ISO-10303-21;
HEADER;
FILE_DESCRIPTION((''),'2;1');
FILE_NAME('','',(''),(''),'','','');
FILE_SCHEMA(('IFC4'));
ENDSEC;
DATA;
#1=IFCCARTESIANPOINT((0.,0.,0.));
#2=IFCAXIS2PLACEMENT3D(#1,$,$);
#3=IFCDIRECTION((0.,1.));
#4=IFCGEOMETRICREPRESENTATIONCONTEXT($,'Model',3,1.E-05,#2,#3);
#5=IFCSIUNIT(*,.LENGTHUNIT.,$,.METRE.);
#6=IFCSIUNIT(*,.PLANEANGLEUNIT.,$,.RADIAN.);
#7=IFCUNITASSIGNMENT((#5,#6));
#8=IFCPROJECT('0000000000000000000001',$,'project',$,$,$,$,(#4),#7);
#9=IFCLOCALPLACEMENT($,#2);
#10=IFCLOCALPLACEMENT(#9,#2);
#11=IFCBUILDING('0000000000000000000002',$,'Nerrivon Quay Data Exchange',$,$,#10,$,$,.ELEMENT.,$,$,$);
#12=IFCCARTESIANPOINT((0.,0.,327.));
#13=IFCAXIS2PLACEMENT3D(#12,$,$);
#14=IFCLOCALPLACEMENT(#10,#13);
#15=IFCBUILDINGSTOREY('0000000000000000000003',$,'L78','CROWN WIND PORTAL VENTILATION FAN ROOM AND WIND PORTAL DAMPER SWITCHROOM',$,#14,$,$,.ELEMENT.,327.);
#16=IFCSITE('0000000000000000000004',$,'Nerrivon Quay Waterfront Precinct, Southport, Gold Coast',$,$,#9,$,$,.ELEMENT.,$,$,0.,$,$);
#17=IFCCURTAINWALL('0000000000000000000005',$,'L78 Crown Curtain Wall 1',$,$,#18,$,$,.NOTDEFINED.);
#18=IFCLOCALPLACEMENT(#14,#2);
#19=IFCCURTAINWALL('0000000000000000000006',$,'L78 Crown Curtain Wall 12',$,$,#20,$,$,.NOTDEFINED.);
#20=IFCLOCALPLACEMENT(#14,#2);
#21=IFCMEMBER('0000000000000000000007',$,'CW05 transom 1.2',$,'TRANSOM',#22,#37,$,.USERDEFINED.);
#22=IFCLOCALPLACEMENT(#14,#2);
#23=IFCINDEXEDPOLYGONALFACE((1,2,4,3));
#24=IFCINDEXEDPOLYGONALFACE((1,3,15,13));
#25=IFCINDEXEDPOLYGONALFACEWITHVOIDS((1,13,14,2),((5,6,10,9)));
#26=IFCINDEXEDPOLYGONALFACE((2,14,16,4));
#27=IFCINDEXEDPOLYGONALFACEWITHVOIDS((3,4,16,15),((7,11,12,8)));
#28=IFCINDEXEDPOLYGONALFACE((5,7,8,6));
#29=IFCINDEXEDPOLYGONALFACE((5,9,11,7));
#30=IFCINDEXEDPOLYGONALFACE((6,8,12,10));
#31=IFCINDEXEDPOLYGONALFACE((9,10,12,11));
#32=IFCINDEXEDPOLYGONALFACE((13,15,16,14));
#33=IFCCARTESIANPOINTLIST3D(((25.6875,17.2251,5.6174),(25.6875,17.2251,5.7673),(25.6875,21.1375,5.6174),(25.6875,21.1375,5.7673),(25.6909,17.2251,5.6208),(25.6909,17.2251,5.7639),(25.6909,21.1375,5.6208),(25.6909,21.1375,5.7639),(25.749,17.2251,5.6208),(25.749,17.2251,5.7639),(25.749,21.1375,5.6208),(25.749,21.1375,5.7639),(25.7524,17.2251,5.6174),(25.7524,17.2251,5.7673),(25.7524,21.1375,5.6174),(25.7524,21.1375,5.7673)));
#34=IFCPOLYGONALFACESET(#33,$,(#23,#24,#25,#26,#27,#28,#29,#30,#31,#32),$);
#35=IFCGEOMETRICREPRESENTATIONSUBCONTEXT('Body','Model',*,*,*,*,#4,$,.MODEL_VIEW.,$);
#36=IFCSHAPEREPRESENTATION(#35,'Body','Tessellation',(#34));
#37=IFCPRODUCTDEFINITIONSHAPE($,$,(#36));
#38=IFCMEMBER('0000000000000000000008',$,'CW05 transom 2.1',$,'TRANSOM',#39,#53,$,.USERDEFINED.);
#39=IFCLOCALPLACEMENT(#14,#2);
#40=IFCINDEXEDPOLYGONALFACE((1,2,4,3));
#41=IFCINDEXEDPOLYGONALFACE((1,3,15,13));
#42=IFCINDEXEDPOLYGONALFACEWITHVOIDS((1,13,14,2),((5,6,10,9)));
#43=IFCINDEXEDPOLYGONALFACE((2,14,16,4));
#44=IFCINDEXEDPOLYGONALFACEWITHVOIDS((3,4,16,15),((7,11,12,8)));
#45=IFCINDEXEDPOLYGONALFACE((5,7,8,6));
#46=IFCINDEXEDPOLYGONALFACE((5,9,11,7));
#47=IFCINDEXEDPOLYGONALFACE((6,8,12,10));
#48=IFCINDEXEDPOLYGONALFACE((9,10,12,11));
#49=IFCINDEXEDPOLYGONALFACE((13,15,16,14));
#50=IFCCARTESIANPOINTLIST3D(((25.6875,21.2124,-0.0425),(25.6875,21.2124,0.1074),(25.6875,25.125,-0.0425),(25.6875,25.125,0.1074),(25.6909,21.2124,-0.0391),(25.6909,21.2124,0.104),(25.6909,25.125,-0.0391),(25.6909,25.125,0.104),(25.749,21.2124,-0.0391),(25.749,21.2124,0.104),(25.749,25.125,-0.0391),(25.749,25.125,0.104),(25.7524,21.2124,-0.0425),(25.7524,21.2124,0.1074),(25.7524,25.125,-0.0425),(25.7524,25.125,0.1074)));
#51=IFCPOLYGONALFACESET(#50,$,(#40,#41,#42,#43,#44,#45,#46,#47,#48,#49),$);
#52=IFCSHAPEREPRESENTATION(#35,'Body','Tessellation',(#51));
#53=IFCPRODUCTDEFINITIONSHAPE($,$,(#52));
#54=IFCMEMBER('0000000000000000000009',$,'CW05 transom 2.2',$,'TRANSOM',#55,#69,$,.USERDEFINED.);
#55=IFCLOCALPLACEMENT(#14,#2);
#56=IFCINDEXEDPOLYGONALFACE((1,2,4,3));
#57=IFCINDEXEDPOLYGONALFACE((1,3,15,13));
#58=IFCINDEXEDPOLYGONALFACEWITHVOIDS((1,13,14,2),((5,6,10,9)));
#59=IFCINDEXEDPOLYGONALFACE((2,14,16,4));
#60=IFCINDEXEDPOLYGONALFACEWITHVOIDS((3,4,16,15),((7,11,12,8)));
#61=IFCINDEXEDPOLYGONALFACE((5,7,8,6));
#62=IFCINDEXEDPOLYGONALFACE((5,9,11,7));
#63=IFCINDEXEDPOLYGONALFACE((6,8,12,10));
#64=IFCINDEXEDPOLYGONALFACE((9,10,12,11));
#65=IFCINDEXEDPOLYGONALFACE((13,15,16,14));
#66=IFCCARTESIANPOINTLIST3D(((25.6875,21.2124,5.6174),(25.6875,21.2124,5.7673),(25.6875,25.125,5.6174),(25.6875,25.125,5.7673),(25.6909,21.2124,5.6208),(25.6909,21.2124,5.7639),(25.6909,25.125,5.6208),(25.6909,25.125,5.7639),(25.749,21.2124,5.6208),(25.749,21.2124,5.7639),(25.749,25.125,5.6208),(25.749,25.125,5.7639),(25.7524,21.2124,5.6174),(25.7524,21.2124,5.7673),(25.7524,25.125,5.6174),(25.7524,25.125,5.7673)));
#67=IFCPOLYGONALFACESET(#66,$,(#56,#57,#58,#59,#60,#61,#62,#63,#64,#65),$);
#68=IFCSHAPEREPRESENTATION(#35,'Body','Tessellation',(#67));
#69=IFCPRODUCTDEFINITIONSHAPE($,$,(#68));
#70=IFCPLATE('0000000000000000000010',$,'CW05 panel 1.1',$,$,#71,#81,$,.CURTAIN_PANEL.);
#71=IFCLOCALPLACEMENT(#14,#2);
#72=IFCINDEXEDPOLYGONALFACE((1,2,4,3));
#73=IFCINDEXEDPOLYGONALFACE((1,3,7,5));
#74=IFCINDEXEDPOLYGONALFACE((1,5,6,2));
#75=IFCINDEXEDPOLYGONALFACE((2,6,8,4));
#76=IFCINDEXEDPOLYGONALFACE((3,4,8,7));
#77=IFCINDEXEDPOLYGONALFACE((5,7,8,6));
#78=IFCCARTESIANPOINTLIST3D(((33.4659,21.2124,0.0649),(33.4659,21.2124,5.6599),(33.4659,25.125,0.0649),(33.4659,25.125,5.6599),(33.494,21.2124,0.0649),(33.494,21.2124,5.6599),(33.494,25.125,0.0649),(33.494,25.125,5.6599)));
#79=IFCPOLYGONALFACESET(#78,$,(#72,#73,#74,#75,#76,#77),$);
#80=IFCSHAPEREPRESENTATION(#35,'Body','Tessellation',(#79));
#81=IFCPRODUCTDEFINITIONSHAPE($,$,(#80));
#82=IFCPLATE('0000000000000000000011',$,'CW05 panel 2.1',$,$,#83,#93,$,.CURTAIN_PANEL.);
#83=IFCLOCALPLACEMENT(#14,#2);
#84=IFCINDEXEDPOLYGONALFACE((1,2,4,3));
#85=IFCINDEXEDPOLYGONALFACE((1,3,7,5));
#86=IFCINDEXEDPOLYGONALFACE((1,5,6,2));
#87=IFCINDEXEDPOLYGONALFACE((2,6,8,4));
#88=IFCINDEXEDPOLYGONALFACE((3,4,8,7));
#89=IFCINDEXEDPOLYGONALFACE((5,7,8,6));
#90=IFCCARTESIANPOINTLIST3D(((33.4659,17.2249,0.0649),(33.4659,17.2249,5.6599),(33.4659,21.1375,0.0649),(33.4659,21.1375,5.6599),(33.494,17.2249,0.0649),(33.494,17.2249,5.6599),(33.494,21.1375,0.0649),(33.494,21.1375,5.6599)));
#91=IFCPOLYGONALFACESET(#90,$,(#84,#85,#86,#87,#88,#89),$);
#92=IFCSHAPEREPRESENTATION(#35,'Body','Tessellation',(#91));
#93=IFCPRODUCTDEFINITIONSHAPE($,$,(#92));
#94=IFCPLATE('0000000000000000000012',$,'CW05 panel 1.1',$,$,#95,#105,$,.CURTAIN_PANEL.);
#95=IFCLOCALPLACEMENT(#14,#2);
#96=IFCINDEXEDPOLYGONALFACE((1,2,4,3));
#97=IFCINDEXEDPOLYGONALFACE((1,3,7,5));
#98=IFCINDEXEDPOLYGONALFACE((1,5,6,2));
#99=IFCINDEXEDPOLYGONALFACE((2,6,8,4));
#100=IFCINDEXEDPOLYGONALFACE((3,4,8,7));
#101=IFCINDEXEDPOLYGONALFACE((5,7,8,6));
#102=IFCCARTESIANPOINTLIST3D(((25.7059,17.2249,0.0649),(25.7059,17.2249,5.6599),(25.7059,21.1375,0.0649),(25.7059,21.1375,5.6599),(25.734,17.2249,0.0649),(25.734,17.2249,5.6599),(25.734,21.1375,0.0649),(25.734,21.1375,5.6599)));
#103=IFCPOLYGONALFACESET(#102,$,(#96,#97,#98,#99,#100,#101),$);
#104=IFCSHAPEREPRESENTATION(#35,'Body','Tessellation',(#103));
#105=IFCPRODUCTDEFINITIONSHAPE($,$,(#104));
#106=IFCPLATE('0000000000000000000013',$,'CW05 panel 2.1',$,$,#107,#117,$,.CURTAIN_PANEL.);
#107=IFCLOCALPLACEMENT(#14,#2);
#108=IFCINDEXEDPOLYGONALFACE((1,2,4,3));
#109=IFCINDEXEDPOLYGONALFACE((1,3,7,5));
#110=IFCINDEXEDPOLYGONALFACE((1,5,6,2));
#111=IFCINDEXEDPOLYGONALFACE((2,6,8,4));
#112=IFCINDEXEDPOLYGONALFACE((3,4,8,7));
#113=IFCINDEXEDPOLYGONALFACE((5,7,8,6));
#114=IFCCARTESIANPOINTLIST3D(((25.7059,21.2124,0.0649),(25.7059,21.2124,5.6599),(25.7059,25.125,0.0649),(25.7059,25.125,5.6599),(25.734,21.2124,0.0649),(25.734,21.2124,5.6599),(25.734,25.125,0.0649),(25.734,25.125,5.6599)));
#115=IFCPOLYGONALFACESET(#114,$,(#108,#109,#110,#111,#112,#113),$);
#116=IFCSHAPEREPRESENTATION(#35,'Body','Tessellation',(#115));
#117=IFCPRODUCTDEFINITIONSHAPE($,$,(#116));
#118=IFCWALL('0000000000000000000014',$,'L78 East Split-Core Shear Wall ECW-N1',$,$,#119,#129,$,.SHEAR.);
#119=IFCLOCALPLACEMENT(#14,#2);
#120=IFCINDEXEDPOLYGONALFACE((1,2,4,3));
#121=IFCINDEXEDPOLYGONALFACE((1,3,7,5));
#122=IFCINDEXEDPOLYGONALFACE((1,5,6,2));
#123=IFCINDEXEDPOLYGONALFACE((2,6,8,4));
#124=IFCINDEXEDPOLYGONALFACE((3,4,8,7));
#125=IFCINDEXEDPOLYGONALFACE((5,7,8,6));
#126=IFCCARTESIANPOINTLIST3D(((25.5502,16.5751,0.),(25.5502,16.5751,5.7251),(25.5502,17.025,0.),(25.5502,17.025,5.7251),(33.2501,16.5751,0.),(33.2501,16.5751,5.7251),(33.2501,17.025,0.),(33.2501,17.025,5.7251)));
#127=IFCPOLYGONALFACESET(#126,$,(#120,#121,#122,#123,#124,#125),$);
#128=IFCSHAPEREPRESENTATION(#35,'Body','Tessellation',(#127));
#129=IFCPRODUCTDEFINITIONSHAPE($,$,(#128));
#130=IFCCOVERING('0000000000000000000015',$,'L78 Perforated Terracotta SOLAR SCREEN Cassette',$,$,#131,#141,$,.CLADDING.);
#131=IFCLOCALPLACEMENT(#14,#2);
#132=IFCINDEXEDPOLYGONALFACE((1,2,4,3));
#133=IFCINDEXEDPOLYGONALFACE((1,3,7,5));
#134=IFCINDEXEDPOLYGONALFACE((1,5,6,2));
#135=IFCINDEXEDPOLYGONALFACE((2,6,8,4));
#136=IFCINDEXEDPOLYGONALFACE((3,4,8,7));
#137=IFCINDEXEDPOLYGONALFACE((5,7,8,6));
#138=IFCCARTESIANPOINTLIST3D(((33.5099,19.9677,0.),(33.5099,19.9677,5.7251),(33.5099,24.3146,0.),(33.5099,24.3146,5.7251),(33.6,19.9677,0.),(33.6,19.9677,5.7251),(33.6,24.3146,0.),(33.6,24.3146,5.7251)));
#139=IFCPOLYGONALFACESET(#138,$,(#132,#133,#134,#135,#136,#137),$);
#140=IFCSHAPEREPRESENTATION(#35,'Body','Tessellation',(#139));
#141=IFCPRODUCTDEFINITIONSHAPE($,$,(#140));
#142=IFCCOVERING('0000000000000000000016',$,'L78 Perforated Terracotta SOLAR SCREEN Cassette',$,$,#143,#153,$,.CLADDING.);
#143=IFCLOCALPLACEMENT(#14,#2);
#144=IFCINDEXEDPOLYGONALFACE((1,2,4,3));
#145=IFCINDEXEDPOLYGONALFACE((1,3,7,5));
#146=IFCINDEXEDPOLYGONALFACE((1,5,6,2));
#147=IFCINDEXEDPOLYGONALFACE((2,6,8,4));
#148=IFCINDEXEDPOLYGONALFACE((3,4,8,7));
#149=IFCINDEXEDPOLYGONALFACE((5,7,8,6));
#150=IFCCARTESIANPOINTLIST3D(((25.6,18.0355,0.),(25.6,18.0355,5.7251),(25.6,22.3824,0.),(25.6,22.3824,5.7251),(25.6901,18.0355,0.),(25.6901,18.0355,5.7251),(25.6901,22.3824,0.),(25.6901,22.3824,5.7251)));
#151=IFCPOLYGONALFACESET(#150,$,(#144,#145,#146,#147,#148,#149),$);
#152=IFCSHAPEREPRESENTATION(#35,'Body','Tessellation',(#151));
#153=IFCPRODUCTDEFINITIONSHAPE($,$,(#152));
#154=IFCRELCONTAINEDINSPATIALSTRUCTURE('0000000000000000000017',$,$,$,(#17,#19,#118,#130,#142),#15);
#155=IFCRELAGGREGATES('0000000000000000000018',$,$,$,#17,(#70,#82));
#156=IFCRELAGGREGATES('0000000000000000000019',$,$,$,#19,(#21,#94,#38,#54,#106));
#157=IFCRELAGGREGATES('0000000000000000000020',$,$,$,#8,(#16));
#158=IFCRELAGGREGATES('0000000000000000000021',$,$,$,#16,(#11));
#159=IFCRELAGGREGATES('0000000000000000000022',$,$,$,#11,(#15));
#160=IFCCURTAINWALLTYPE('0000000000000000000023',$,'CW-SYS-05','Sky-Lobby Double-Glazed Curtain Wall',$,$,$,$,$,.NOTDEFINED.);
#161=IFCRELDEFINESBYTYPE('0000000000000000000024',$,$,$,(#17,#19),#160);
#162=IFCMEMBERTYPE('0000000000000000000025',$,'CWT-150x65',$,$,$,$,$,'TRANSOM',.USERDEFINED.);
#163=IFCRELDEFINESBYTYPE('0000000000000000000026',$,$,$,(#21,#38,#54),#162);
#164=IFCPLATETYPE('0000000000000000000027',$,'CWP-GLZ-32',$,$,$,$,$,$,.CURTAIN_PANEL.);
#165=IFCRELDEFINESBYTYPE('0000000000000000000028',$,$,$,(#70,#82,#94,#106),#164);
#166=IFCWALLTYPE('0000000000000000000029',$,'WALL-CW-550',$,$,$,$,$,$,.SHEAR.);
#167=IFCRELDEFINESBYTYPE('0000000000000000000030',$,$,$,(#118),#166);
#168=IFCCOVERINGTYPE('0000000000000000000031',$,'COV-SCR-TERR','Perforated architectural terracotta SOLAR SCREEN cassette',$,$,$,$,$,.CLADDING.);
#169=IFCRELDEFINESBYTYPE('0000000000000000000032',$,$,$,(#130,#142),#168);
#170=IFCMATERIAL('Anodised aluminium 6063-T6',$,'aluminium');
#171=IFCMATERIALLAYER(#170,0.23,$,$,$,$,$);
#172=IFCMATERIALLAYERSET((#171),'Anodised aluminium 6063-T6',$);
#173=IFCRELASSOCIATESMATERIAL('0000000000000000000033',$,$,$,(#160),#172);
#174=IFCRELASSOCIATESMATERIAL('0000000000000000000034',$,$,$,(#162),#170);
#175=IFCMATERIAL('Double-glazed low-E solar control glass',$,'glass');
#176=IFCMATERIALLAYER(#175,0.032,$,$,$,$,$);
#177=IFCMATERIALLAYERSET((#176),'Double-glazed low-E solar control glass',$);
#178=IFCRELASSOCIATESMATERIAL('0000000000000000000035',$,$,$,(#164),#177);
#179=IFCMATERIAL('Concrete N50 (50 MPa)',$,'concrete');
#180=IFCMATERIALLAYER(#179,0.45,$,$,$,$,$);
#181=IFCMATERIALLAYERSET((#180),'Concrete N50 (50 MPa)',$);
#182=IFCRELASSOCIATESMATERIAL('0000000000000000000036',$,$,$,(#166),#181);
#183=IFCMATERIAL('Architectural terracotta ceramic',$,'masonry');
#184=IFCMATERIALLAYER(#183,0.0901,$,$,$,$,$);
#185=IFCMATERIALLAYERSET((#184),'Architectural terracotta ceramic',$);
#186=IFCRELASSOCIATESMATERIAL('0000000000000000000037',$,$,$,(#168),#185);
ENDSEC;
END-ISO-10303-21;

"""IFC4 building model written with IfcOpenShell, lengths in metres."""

from ifc_helpers import new_model, si_unit, direction, frame, frame_2d, origin, origin_2d, place, context, subcontext, project, spatial, rectangle, hollow_rectangle, extrude, material, layer, layer_set, material_profile, profile_set, type_object, element, aggregate, save


model = new_model("IFC4")

# Units and contexts
model_context = context("Model", 3, precision=1e-05, world=origin(), true_north=direction((0.0, 1.0)))
body_context = subcontext(model_context, "Body", "Model", "MODEL_VIEW")
ifc_project = project(units=[si_unit("LENGTHUNIT", "METRE"), si_unit("PLANEANGLEUNIT", "RADIAN")], contexts=[model_context])

# Site, building, storey
site_placement = place(None, origin())
site = spatial("IfcSite", under=ifc_project, at=site_placement, Name="Nerrivon Quay Waterfront Precinct, Southport, Gold Coast", CompositionType="ELEMENT", RefElevation=0.0)
building_placement = place(site_placement, origin())
building = spatial("IfcBuilding", under=site, at=building_placement, Name="Nerrivon Quay Data Exchange", CompositionType="ELEMENT")
storey_placement = place(building_placement, frame((0.0, 0.0, 327.0)))
storey = spatial("IfcBuildingStorey", under=building, at=storey_placement, Name="L78", Description="CROWN WIND PORTAL VENTILATION FAN ROOM AND WIND PORTAL DAMPER SWITCHROOM", CompositionType="ELEMENT", Elevation=327.0)

# Curtain walls
ifc_material_1 = material(Name="Anodised aluminium 6063-T6", Category="aluminium")
ifc_layer_1 = layer(ifc_material_1, 0.23)
ifc_layer_set_1 = layer_set([ifc_layer_1], Name="Anodised aluminium 6063-T6")
curtain_wall_type = type_object("IfcCurtainWallType", Name="CW-SYS-05", Description="Sky-Lobby Double-Glazed Curtain Wall", PredefinedType="NOTDEFINED", material=ifc_layer_set_1)
curtain_wall_1_placement = place(storey_placement, origin())
curtain_wall_1 = element("IfcCurtainWall", 1, at=curtain_wall_1_placement, inside=storey, type_object=curtain_wall_type, Name="L78 Crown Curtain Wall 1", PredefinedType="NOTDEFINED")
curtain_wall_2_placement = place(storey_placement, origin())
curtain_wall_2 = element("IfcCurtainWall", 2, at=curtain_wall_2_placement, inside=storey, type_object=curtain_wall_type, Name="L78 Crown Curtain Wall 12", PredefinedType="NOTDEFINED")

# Members
ifc_material_profile_1 = material_profile(ifc_material_1, hollow_rectangle(XDim=0.0649, YDim=0.1499, WallThickness=0.0034, at=origin_2d()), Name="ALU-TRAN-150x65")
ifc_profile_set_1 = profile_set([ifc_material_profile_1], Name="Anodised aluminium 6063-T6")
member_type_1 = type_object("IfcMemberType", Name="CWT-150x65", ElementType="TRANSOM", PredefinedType="USERDEFINED", material=ifc_profile_set_1)
member_1_placement = place(storey_placement, frame((25.72, 17.2251, 5.6924), z_axis=(0.0, 1.0, 0.0), x_axis=(-1.0, 0.0, 0.0)))
member_1 = element("IfcMember", 3, at=member_1_placement, type_object=member_type_1, Name="CW05 transom 1.2", ObjectType="TRANSOM", PredefinedType="USERDEFINED", context=body_context, shape_type="SweptSolid", body=[
    extrude(hollow_rectangle(XDim=0.0649, YDim=0.1499, WallThickness=0.0034, at=origin_2d()), origin(), (0.0, 0.0, 1.0), 3.9124),
])
member_2_placement = place(storey_placement, frame((25.72, 21.2124, 0.0325), z_axis=(0.0, 1.0, 0.0), x_axis=(-1.0, 0.0, 0.0)))
member_2 = element("IfcMember", 4, at=member_2_placement, type_object=member_type_1, Name="CW05 transom 2.1", ObjectType="TRANSOM", PredefinedType="USERDEFINED", context=body_context, shape_type="SweptSolid", body=[
    extrude(hollow_rectangle(XDim=0.0649, YDim=0.1499, WallThickness=0.0034, at=origin_2d()), origin(), (0.0, 0.0, 1.0), 3.9126),
])
member_3_placement = place(storey_placement, frame((25.72, 21.2124, 5.6924), z_axis=(0.0, 1.0, 0.0), x_axis=(-1.0, 0.0, 0.0)))
member_3 = element("IfcMember", 5, at=member_3_placement, type_object=member_type_1, Name="CW05 transom 2.2", ObjectType="TRANSOM", PredefinedType="USERDEFINED", context=body_context, shape_type="SweptSolid", body=[
    extrude(hollow_rectangle(XDim=0.0649, YDim=0.1499, WallThickness=0.0034, at=origin_2d()), origin(), (0.0, 0.0, 1.0), 3.9126),
])

# Plates
ifc_material_2 = material(Name="Double-glazed low-E solar control glass", Category="glass")
ifc_layer_2 = layer(ifc_material_2, 0.032)
ifc_layer_set_2 = layer_set([ifc_layer_2], Name="Double-glazed low-E solar control glass")
plate_type = type_object("IfcPlateType", Name="CWP-GLZ-32", PredefinedType="CURTAIN_PANEL", material=ifc_layer_set_2)
plate_1_placement = place(storey_placement, frame((33.48, 23.1687, 0.0649), z_axis=(0.0, 0.0, 1.0), x_axis=(0.0, -1.0, 0.0)))
plate_1 = element("IfcPlate", 6, at=plate_1_placement, type_object=plate_type, Name="CW05 panel 1.1", PredefinedType="CURTAIN_PANEL", context=body_context, shape_type="SweptSolid", body=[
    extrude(rectangle(XDim=3.9126, YDim=0.0281, at=origin_2d()), origin(), (0.0, 0.0, 1.0), 5.595),
])
plate_2_placement = place(storey_placement, frame((33.48, 19.1812, 0.0649), z_axis=(0.0, 0.0, 1.0), x_axis=(0.0, -1.0, 0.0)))
plate_2 = element("IfcPlate", 7, at=plate_2_placement, type_object=plate_type, Name="CW05 panel 2.1", PredefinedType="CURTAIN_PANEL", context=body_context, shape_type="SweptSolid", body=[
    extrude(rectangle(XDim=3.9126, YDim=0.0281, at=origin_2d()), origin(), (0.0, 0.0, 1.0), 5.595),
])
aggregate(curtain_wall_1, [plate_1, plate_2])
plate_3_placement = place(storey_placement, frame((25.72, 19.1812, 0.0649), z_axis=(0.0, 0.0, 1.0), x_axis=(0.0, 1.0, 0.0)))
plate_3 = element("IfcPlate", 8, at=plate_3_placement, type_object=plate_type, Name="CW05 panel 1.1", PredefinedType="CURTAIN_PANEL", context=body_context, shape_type="SweptSolid", body=[
    extrude(rectangle(XDim=3.9126, YDim=0.0281, at=origin_2d()), origin(), (0.0, 0.0, 1.0), 5.595),
])
plate_4_placement = place(storey_placement, frame((25.72, 23.1687, 0.0649), z_axis=(0.0, 0.0, 1.0), x_axis=(0.0, 1.0, 0.0)))
plate_4 = element("IfcPlate", 9, at=plate_4_placement, type_object=plate_type, Name="CW05 panel 2.1", PredefinedType="CURTAIN_PANEL", context=body_context, shape_type="SweptSolid", body=[
    extrude(rectangle(XDim=3.9126, YDim=0.0281, at=origin_2d()), origin(), (0.0, 0.0, 1.0), 5.595),
])
aggregate(curtain_wall_2, [member_1, plate_3, member_2, member_3, plate_4])

# Wall
ifc_material_3 = material(Name="Concrete N50 (50 MPa)", Category="concrete")
ifc_layer_3 = layer(ifc_material_3, 0.45)
ifc_layer_set_3 = layer_set([ifc_layer_3], Name="Concrete N50 (50 MPa)")
wall_type = type_object("IfcWallType", Name="WALL-CW-550", PredefinedType="SHEAR", material=ifc_layer_set_3)
wall_placement = place(storey_placement, frame((25.55, 16.8, 0.0), z_axis=(0.0, 0.0, 1.0), x_axis=(1.0, 0.0, 0.0)))
element("IfcWall", 10, at=wall_placement, inside=storey, type_object=wall_type, Name="L78 East Split-Core Shear Wall ECW-N1", PredefinedType="SHEAR", context=body_context, shape_type="SweptSolid", body=[
    extrude(rectangle(XDim=7.7, YDim=0.45, at=frame_2d((3.8501, 0.0))), origin(), (0.0, 0.0, 1.0), 5.7251),
])

# Coverings
ifc_material_4 = material(Name="Architectural terracotta ceramic", Category="masonry")
ifc_layer_4 = layer(ifc_material_4, 0.0901)
ifc_layer_set_4 = layer_set([ifc_layer_4], Name="Architectural terracotta ceramic")
covering_type = type_object("IfcCoveringType", Name="COV-SCR-TERR", Description="Perforated architectural terracotta SOLAR SCREEN cassette", PredefinedType="CLADDING", material=ifc_layer_set_4)
for number, where, z_axis, x_axis, name in (
    (11, (33.5549, 22.1411, 0.0), (0.0, 0.0, 1.0), (0.0, -1.0, 0.0), "L78 Perforated Terracotta SOLAR SCREEN Cassette"),
    (12, (25.645, 20.209, 0.0), (0.0, 0.0, 1.0), (0.0, 1.0, 0.0), "L78 Perforated Terracotta SOLAR SCREEN Cassette"),
):
    element("IfcCovering", number, at=place(storey_placement, frame(where, z_axis=z_axis, x_axis=x_axis)), inside=storey, type_object=covering_type, Name=name, PredefinedType="CLADDING", context=body_context, shape_type="SweptSolid", body=[
        extrude(rectangle(XDim=4.3469, YDim=0.0901, at=origin_2d()), origin(), (0.0, 0.0, 1.0), 5.7251),
    ])

save(model, "model.ifc")
